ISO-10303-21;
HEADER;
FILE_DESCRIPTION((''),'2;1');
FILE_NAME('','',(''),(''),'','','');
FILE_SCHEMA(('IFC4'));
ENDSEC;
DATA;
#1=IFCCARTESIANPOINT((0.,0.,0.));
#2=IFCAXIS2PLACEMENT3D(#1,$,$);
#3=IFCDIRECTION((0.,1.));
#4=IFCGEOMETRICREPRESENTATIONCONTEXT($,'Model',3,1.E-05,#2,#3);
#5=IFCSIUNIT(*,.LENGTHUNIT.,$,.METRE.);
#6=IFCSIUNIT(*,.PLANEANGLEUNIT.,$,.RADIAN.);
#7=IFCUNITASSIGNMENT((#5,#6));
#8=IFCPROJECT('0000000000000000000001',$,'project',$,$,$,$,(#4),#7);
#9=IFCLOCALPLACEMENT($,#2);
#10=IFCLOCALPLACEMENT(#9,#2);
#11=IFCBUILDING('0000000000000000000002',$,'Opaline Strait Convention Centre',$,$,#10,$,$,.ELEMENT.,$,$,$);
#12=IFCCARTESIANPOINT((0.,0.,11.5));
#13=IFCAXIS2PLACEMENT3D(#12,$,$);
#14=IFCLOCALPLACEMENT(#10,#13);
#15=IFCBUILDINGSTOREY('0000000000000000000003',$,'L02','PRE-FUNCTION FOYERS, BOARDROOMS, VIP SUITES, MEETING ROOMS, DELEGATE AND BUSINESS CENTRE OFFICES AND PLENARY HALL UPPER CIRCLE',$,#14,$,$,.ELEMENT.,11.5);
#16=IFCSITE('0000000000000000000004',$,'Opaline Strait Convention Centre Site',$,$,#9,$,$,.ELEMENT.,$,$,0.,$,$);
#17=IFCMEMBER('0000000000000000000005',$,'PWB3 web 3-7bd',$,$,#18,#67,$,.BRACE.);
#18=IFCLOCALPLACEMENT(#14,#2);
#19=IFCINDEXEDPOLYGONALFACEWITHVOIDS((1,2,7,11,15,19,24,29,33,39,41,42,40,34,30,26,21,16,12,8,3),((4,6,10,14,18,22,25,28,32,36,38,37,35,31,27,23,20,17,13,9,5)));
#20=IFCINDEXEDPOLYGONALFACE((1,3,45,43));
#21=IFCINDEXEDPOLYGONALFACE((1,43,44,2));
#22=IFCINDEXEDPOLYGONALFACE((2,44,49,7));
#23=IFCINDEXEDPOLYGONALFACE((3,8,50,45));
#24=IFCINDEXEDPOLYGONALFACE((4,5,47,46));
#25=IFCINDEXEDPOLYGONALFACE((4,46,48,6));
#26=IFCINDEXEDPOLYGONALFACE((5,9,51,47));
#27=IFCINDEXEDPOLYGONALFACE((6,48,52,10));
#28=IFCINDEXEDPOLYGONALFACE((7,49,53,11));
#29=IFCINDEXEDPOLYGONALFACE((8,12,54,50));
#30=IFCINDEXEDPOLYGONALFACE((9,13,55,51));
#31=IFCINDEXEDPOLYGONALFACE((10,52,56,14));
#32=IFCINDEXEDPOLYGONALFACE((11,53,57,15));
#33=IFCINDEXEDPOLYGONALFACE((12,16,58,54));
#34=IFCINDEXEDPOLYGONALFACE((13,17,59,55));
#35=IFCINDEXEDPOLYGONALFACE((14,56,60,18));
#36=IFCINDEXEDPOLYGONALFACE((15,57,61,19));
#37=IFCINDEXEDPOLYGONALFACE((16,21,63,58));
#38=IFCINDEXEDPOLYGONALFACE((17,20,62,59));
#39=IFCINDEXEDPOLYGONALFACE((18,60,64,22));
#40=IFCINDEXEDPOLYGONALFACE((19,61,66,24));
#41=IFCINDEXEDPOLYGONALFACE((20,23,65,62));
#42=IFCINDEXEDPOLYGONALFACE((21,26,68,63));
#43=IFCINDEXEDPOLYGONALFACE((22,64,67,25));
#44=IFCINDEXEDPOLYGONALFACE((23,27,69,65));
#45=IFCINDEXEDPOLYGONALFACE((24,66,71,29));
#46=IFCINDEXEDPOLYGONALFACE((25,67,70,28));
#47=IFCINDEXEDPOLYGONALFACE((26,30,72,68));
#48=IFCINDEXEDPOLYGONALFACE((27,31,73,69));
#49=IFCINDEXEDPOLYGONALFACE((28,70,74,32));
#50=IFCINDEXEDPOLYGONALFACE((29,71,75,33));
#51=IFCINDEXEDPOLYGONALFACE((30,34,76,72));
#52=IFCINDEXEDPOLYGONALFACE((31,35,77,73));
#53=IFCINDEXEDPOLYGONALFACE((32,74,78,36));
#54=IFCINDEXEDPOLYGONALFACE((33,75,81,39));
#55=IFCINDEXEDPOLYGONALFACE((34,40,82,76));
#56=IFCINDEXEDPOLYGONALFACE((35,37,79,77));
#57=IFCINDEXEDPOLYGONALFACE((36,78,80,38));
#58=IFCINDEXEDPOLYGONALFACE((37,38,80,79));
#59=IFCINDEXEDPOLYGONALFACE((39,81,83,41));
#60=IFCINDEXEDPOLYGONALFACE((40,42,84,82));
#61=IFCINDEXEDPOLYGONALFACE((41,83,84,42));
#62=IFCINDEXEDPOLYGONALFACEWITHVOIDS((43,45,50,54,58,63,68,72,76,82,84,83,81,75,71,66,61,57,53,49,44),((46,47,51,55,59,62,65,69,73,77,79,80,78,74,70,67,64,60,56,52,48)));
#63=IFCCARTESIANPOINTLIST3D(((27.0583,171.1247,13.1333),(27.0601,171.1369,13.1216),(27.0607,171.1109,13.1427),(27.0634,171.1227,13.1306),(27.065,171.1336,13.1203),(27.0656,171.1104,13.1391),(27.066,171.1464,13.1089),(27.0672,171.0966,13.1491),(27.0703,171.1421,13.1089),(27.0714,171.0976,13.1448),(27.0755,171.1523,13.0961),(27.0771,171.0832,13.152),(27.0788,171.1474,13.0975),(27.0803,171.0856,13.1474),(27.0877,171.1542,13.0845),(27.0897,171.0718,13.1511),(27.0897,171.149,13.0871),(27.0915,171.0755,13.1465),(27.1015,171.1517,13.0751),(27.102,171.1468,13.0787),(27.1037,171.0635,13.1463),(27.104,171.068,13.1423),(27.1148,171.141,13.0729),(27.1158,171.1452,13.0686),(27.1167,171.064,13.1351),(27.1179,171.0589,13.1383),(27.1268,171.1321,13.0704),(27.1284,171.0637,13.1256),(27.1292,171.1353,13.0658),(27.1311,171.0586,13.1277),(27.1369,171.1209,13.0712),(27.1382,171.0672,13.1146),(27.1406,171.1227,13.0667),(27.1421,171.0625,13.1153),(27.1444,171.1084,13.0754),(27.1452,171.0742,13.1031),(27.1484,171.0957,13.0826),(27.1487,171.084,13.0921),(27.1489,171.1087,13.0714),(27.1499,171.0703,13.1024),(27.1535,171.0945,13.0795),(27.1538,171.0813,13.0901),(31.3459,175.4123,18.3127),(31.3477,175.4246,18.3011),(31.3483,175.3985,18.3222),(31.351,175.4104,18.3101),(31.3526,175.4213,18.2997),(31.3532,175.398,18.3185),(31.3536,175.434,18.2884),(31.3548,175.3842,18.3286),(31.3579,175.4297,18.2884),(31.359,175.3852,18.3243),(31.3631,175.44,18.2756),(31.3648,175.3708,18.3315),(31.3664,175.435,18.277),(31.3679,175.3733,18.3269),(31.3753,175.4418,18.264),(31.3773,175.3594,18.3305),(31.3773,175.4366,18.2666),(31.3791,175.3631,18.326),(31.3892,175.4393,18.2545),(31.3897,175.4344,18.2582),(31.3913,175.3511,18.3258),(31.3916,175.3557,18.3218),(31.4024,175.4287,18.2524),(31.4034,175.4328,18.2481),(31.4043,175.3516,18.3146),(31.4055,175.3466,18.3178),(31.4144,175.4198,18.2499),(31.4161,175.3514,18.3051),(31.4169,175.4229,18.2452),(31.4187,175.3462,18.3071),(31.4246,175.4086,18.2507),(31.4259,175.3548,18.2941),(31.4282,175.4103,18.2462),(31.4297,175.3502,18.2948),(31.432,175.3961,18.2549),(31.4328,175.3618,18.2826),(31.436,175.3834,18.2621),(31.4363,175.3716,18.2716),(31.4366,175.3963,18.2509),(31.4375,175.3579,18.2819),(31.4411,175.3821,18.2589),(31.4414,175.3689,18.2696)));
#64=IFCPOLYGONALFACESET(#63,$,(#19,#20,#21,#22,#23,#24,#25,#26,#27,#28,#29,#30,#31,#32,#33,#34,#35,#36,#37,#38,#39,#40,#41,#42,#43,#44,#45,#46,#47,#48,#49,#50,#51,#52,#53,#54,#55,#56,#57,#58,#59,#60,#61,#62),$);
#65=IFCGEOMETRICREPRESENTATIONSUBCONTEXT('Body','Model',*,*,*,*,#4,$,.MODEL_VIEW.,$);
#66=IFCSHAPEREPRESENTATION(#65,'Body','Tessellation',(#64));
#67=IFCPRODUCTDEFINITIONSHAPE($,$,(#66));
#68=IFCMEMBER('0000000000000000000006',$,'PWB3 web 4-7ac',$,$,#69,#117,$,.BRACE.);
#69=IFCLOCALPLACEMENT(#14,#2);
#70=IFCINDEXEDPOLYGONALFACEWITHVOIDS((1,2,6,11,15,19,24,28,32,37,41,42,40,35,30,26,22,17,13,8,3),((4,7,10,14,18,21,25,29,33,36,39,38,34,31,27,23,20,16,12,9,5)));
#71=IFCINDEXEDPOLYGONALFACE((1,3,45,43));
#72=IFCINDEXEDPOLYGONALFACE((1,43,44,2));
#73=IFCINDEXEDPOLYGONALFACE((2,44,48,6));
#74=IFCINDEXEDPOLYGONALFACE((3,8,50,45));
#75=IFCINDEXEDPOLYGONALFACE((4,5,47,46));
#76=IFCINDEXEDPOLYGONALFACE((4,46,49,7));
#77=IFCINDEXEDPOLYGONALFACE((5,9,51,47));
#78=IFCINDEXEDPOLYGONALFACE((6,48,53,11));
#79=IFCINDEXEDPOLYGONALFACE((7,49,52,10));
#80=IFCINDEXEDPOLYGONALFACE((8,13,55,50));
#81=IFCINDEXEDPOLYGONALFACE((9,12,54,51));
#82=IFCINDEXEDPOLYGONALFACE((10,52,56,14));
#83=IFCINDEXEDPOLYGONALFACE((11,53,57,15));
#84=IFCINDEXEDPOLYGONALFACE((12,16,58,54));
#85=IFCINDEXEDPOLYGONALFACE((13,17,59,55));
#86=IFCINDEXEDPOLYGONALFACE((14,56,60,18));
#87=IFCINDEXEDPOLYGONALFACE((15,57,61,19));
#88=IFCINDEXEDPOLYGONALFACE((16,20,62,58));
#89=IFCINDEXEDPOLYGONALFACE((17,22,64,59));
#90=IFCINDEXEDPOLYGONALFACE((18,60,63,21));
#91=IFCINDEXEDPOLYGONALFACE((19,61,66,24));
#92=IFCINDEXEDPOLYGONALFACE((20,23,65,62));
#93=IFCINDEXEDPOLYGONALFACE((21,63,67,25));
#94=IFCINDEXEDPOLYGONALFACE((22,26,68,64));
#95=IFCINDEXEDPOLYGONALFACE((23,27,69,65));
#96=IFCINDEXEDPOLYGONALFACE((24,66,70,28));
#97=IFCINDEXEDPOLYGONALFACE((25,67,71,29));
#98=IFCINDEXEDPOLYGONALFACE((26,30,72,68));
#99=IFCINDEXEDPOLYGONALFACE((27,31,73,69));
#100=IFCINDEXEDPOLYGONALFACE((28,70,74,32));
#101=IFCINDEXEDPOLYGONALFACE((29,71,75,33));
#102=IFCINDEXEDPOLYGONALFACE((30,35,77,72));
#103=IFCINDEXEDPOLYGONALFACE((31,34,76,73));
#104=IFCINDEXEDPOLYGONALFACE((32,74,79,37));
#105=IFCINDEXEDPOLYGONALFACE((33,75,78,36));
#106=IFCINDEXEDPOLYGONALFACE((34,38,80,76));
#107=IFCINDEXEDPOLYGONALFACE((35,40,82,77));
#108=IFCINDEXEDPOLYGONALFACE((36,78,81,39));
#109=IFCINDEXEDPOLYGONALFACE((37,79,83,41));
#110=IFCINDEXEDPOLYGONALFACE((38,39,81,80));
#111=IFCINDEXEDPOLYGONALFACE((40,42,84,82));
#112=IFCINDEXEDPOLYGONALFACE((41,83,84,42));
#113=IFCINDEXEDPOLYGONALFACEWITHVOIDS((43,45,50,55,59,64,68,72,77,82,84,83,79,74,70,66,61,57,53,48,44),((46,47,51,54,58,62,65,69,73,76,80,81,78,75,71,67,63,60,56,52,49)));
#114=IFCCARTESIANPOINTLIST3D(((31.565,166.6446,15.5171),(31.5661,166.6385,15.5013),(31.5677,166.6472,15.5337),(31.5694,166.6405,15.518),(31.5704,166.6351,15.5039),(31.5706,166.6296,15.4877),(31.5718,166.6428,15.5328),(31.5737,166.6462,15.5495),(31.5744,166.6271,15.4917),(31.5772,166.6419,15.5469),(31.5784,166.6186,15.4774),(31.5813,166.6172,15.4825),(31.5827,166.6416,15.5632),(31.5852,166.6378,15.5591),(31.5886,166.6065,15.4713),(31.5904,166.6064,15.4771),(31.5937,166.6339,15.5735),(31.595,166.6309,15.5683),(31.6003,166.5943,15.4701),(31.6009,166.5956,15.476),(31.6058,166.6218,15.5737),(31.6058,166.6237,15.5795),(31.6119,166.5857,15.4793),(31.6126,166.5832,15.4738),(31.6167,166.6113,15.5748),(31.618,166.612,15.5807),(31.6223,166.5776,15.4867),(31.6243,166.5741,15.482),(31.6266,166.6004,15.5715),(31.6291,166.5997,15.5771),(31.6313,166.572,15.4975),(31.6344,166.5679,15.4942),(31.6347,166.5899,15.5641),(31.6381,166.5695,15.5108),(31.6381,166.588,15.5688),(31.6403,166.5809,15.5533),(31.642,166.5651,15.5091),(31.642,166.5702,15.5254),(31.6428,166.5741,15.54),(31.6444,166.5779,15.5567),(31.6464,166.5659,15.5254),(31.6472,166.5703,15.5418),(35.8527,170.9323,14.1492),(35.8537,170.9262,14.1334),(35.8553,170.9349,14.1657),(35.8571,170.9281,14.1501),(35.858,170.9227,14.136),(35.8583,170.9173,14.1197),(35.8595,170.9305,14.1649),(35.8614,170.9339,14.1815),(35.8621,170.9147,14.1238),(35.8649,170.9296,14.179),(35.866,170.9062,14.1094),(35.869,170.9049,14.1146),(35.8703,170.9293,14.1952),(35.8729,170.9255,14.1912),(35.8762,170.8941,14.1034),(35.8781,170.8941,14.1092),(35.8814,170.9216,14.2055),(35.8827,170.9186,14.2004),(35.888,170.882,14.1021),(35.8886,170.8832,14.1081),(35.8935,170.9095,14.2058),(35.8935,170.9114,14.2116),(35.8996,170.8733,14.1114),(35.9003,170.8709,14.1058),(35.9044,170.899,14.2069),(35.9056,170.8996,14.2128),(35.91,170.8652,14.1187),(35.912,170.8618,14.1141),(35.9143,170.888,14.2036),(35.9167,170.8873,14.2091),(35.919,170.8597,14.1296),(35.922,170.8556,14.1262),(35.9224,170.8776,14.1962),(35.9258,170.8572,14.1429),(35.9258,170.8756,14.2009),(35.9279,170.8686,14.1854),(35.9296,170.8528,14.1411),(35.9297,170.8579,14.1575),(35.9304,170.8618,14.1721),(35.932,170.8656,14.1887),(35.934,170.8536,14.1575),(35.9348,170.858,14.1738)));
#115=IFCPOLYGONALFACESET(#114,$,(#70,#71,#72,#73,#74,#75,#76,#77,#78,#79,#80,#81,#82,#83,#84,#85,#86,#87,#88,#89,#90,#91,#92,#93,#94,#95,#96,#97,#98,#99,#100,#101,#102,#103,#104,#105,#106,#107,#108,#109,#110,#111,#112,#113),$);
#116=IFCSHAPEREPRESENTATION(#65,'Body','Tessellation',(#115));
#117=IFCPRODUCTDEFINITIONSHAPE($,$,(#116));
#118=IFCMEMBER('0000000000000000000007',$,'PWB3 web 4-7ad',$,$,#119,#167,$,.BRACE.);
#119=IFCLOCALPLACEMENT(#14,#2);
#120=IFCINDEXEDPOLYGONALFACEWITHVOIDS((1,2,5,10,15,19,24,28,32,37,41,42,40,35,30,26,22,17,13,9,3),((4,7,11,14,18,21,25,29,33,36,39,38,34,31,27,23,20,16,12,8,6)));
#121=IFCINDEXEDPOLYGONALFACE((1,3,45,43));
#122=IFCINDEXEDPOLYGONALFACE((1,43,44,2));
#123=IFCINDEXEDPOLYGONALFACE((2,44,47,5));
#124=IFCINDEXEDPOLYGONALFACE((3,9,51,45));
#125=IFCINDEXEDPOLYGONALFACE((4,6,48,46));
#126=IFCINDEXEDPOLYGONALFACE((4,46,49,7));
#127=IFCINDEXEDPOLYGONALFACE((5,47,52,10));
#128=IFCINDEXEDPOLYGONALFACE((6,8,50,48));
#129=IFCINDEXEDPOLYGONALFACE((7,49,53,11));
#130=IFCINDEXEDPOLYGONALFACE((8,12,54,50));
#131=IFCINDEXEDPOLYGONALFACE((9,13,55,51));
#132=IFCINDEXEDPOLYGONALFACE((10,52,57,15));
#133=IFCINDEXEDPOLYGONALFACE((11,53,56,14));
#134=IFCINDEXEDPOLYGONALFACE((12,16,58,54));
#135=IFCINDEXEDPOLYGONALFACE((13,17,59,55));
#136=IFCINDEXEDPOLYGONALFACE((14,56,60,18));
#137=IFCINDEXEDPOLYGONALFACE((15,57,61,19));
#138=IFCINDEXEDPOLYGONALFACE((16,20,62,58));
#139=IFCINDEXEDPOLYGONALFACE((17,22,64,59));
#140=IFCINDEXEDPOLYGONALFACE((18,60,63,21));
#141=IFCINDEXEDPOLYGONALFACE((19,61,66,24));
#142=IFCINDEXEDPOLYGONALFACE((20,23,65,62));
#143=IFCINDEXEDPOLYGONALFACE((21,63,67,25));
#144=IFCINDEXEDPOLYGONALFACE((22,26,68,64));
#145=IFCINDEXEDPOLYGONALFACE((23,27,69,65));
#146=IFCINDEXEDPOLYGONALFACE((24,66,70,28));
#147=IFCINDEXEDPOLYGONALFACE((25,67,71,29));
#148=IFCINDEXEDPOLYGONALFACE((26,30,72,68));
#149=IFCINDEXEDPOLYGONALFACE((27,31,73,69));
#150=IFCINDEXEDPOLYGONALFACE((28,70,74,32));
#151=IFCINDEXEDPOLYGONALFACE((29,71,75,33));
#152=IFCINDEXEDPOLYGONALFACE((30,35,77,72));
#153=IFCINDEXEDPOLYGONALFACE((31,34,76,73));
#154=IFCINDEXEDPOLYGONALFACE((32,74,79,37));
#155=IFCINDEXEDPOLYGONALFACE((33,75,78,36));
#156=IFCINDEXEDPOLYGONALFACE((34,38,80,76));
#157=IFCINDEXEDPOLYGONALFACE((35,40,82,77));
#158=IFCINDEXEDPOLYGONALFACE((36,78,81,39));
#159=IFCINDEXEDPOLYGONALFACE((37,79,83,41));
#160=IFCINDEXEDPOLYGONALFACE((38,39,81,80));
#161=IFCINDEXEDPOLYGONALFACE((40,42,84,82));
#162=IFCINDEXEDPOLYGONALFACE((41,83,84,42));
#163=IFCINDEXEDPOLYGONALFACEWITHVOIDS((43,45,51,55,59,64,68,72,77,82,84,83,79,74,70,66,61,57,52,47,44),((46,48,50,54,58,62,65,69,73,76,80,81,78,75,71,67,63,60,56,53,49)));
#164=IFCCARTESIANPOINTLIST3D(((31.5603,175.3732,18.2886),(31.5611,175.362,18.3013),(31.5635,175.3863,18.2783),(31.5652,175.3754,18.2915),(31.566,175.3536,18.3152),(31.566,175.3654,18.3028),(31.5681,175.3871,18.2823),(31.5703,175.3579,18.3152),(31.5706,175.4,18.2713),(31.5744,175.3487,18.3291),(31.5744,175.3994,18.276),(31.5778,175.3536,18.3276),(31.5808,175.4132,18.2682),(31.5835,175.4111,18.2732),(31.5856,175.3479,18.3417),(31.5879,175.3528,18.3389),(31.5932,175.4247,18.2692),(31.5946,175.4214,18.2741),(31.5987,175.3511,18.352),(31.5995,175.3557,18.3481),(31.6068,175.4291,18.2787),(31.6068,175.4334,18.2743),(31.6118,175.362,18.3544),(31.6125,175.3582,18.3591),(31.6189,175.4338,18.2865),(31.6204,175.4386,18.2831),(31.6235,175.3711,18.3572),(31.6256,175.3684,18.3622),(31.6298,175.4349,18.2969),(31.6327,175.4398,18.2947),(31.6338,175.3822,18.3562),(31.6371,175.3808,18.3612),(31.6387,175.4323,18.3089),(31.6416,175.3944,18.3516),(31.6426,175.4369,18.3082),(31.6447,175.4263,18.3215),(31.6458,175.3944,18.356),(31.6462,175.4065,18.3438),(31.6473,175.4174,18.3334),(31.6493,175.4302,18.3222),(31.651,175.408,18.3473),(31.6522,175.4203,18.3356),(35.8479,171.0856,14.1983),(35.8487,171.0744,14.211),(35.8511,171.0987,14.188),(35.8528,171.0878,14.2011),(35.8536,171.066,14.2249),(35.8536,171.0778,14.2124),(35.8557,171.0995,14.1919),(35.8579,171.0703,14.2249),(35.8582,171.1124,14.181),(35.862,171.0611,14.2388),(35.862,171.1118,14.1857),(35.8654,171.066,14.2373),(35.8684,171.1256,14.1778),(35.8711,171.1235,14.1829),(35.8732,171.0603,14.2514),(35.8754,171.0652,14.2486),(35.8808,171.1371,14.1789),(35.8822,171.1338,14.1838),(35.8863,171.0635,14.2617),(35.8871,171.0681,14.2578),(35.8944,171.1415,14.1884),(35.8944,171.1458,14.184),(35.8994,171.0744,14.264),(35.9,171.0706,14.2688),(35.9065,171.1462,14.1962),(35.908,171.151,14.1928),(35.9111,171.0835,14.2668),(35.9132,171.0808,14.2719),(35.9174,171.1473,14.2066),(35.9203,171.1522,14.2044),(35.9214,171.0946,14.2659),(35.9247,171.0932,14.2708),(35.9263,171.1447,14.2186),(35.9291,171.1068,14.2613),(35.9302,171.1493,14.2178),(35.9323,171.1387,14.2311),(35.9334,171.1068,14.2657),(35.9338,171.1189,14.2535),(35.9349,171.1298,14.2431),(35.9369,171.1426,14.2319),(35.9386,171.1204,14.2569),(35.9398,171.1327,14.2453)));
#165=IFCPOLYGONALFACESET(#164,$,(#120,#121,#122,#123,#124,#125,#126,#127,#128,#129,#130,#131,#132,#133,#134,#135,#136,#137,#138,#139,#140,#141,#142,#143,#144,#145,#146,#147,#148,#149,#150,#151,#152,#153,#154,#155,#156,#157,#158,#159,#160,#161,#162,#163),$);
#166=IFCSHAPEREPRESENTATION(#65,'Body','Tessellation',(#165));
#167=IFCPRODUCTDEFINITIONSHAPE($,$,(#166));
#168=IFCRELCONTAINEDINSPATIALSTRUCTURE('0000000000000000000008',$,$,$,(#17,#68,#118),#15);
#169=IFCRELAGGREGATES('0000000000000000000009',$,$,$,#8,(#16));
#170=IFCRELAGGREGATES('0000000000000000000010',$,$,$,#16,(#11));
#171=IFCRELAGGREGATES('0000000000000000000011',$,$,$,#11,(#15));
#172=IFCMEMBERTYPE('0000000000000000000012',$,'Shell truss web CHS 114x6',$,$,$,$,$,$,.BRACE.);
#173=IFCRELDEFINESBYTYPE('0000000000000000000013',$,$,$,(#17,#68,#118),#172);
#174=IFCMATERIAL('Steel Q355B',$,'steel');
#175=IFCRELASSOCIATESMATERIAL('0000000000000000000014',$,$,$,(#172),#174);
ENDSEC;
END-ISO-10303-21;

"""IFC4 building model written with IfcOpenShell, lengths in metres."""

from ifc_helpers import new_model, si_unit, direction, frame, origin, origin_2d, place, context, subcontext, project, spatial, hollow_circle, extrude, material, material_profile, profile_set, type_object, element, save


model = new_model("IFC4")

# Units and contexts
model_context = context("Model", 3, precision=1e-05, world=origin(), true_north=direction((0.0, 1.0)))
body_context = subcontext(model_context, "Body", "Model", "MODEL_VIEW")
ifc_project = project(units=[si_unit("LENGTHUNIT", "METRE"), si_unit("PLANEANGLEUNIT", "RADIAN")], contexts=[model_context])

# Site, building, storey
site_placement = place(None, origin())
site = spatial("IfcSite", under=ifc_project, at=site_placement, Name="Opaline Strait Convention Centre Site", CompositionType="ELEMENT", RefElevation=0.0)
building_placement = place(site_placement, origin())
building = spatial("IfcBuilding", under=site, at=building_placement, Name="Opaline Strait Convention Centre", CompositionType="ELEMENT")
storey_placement = place(building_placement, frame((0.0, 0.0, 11.5)))
storey = spatial("IfcBuildingStorey", under=building, at=storey_placement, Name="L02", Description="PRE-FUNCTION FOYERS, BOARDROOMS, VIP SUITES, MEETING ROOMS, DELEGATE AND BUSINESS CENTRE OFFICES AND PLENARY HALL UPPER CIRCLE", CompositionType="ELEMENT", Elevation=11.5)

# Members
ifc_material_1 = material(Name="Steel Q355B", Category="steel")
ifc_material_profile_1 = material_profile(ifc_material_1, hollow_circle(Radius=0.0569, WallThickness=0.0061, at=origin_2d()), Name="CHS 114x6")
ifc_profile_set_1 = profile_set([ifc_material_profile_1], Name="Steel Q355B")
member_type_1 = type_object("IfcMemberType", Name="Shell truss web CHS 114x6", PredefinedType="BRACE", material=ifc_profile_set_1)
member_1_placement = place(storey_placement, frame((27.1062, 171.1062, 13.1089), z_axis=(0.537659, 0.537659, 0.649496), x_axis=(-0.707107, 0.707107, 0.0)))
element("IfcMember", 1, at=member_1_placement, inside=storey, type_object=member_type_1, Name="PWB3 web 3-7bd", PredefinedType="BRACE", context=body_context, shape_type="SweptSolid", body=[
    extrude(hollow_circle(Radius=0.0569, WallThickness=0.0061, at=origin_2d()), origin(), (0.0, 0.0, 1.0), 7.9746),
])
member_2_placement = place(storey_placement, frame((35.8938, 170.8938, 14.1575), z_axis=(-0.689772, -0.689772, 0.220066), x_axis=(0.707107, -0.707107, 0.0)))
element("IfcMember", 2, at=member_2_placement, inside=storey, type_object=member_type_1, Name="PWB3 web 4-7ac", PredefinedType="BRACE", context=body_context, shape_type="SweptSolid", body=[
    extrude(hollow_circle(Radius=0.0569, WallThickness=0.0061, at=origin_2d()), origin(), (0.0, 0.0, 1.0), 6.2161),
])
member_3_placement = place(storey_placement, frame((35.8938, 171.1062, 14.2249), z_axis=(-0.5862, 0.5862, 0.55923), x_axis=(-0.707107, -0.707107, 0.0)))
element("IfcMember", 3, at=member_3_placement, inside=storey, type_object=member_type_1, Name="PWB3 web 4-7ad", PredefinedType="BRACE", context=body_context, shape_type="SweptSolid", body=[
    extrude(hollow_circle(Radius=0.0569, WallThickness=0.0061, at=origin_2d()), origin(), (0.0, 0.0, 1.0), 7.3142),
])

save(model, "model.ifc")
